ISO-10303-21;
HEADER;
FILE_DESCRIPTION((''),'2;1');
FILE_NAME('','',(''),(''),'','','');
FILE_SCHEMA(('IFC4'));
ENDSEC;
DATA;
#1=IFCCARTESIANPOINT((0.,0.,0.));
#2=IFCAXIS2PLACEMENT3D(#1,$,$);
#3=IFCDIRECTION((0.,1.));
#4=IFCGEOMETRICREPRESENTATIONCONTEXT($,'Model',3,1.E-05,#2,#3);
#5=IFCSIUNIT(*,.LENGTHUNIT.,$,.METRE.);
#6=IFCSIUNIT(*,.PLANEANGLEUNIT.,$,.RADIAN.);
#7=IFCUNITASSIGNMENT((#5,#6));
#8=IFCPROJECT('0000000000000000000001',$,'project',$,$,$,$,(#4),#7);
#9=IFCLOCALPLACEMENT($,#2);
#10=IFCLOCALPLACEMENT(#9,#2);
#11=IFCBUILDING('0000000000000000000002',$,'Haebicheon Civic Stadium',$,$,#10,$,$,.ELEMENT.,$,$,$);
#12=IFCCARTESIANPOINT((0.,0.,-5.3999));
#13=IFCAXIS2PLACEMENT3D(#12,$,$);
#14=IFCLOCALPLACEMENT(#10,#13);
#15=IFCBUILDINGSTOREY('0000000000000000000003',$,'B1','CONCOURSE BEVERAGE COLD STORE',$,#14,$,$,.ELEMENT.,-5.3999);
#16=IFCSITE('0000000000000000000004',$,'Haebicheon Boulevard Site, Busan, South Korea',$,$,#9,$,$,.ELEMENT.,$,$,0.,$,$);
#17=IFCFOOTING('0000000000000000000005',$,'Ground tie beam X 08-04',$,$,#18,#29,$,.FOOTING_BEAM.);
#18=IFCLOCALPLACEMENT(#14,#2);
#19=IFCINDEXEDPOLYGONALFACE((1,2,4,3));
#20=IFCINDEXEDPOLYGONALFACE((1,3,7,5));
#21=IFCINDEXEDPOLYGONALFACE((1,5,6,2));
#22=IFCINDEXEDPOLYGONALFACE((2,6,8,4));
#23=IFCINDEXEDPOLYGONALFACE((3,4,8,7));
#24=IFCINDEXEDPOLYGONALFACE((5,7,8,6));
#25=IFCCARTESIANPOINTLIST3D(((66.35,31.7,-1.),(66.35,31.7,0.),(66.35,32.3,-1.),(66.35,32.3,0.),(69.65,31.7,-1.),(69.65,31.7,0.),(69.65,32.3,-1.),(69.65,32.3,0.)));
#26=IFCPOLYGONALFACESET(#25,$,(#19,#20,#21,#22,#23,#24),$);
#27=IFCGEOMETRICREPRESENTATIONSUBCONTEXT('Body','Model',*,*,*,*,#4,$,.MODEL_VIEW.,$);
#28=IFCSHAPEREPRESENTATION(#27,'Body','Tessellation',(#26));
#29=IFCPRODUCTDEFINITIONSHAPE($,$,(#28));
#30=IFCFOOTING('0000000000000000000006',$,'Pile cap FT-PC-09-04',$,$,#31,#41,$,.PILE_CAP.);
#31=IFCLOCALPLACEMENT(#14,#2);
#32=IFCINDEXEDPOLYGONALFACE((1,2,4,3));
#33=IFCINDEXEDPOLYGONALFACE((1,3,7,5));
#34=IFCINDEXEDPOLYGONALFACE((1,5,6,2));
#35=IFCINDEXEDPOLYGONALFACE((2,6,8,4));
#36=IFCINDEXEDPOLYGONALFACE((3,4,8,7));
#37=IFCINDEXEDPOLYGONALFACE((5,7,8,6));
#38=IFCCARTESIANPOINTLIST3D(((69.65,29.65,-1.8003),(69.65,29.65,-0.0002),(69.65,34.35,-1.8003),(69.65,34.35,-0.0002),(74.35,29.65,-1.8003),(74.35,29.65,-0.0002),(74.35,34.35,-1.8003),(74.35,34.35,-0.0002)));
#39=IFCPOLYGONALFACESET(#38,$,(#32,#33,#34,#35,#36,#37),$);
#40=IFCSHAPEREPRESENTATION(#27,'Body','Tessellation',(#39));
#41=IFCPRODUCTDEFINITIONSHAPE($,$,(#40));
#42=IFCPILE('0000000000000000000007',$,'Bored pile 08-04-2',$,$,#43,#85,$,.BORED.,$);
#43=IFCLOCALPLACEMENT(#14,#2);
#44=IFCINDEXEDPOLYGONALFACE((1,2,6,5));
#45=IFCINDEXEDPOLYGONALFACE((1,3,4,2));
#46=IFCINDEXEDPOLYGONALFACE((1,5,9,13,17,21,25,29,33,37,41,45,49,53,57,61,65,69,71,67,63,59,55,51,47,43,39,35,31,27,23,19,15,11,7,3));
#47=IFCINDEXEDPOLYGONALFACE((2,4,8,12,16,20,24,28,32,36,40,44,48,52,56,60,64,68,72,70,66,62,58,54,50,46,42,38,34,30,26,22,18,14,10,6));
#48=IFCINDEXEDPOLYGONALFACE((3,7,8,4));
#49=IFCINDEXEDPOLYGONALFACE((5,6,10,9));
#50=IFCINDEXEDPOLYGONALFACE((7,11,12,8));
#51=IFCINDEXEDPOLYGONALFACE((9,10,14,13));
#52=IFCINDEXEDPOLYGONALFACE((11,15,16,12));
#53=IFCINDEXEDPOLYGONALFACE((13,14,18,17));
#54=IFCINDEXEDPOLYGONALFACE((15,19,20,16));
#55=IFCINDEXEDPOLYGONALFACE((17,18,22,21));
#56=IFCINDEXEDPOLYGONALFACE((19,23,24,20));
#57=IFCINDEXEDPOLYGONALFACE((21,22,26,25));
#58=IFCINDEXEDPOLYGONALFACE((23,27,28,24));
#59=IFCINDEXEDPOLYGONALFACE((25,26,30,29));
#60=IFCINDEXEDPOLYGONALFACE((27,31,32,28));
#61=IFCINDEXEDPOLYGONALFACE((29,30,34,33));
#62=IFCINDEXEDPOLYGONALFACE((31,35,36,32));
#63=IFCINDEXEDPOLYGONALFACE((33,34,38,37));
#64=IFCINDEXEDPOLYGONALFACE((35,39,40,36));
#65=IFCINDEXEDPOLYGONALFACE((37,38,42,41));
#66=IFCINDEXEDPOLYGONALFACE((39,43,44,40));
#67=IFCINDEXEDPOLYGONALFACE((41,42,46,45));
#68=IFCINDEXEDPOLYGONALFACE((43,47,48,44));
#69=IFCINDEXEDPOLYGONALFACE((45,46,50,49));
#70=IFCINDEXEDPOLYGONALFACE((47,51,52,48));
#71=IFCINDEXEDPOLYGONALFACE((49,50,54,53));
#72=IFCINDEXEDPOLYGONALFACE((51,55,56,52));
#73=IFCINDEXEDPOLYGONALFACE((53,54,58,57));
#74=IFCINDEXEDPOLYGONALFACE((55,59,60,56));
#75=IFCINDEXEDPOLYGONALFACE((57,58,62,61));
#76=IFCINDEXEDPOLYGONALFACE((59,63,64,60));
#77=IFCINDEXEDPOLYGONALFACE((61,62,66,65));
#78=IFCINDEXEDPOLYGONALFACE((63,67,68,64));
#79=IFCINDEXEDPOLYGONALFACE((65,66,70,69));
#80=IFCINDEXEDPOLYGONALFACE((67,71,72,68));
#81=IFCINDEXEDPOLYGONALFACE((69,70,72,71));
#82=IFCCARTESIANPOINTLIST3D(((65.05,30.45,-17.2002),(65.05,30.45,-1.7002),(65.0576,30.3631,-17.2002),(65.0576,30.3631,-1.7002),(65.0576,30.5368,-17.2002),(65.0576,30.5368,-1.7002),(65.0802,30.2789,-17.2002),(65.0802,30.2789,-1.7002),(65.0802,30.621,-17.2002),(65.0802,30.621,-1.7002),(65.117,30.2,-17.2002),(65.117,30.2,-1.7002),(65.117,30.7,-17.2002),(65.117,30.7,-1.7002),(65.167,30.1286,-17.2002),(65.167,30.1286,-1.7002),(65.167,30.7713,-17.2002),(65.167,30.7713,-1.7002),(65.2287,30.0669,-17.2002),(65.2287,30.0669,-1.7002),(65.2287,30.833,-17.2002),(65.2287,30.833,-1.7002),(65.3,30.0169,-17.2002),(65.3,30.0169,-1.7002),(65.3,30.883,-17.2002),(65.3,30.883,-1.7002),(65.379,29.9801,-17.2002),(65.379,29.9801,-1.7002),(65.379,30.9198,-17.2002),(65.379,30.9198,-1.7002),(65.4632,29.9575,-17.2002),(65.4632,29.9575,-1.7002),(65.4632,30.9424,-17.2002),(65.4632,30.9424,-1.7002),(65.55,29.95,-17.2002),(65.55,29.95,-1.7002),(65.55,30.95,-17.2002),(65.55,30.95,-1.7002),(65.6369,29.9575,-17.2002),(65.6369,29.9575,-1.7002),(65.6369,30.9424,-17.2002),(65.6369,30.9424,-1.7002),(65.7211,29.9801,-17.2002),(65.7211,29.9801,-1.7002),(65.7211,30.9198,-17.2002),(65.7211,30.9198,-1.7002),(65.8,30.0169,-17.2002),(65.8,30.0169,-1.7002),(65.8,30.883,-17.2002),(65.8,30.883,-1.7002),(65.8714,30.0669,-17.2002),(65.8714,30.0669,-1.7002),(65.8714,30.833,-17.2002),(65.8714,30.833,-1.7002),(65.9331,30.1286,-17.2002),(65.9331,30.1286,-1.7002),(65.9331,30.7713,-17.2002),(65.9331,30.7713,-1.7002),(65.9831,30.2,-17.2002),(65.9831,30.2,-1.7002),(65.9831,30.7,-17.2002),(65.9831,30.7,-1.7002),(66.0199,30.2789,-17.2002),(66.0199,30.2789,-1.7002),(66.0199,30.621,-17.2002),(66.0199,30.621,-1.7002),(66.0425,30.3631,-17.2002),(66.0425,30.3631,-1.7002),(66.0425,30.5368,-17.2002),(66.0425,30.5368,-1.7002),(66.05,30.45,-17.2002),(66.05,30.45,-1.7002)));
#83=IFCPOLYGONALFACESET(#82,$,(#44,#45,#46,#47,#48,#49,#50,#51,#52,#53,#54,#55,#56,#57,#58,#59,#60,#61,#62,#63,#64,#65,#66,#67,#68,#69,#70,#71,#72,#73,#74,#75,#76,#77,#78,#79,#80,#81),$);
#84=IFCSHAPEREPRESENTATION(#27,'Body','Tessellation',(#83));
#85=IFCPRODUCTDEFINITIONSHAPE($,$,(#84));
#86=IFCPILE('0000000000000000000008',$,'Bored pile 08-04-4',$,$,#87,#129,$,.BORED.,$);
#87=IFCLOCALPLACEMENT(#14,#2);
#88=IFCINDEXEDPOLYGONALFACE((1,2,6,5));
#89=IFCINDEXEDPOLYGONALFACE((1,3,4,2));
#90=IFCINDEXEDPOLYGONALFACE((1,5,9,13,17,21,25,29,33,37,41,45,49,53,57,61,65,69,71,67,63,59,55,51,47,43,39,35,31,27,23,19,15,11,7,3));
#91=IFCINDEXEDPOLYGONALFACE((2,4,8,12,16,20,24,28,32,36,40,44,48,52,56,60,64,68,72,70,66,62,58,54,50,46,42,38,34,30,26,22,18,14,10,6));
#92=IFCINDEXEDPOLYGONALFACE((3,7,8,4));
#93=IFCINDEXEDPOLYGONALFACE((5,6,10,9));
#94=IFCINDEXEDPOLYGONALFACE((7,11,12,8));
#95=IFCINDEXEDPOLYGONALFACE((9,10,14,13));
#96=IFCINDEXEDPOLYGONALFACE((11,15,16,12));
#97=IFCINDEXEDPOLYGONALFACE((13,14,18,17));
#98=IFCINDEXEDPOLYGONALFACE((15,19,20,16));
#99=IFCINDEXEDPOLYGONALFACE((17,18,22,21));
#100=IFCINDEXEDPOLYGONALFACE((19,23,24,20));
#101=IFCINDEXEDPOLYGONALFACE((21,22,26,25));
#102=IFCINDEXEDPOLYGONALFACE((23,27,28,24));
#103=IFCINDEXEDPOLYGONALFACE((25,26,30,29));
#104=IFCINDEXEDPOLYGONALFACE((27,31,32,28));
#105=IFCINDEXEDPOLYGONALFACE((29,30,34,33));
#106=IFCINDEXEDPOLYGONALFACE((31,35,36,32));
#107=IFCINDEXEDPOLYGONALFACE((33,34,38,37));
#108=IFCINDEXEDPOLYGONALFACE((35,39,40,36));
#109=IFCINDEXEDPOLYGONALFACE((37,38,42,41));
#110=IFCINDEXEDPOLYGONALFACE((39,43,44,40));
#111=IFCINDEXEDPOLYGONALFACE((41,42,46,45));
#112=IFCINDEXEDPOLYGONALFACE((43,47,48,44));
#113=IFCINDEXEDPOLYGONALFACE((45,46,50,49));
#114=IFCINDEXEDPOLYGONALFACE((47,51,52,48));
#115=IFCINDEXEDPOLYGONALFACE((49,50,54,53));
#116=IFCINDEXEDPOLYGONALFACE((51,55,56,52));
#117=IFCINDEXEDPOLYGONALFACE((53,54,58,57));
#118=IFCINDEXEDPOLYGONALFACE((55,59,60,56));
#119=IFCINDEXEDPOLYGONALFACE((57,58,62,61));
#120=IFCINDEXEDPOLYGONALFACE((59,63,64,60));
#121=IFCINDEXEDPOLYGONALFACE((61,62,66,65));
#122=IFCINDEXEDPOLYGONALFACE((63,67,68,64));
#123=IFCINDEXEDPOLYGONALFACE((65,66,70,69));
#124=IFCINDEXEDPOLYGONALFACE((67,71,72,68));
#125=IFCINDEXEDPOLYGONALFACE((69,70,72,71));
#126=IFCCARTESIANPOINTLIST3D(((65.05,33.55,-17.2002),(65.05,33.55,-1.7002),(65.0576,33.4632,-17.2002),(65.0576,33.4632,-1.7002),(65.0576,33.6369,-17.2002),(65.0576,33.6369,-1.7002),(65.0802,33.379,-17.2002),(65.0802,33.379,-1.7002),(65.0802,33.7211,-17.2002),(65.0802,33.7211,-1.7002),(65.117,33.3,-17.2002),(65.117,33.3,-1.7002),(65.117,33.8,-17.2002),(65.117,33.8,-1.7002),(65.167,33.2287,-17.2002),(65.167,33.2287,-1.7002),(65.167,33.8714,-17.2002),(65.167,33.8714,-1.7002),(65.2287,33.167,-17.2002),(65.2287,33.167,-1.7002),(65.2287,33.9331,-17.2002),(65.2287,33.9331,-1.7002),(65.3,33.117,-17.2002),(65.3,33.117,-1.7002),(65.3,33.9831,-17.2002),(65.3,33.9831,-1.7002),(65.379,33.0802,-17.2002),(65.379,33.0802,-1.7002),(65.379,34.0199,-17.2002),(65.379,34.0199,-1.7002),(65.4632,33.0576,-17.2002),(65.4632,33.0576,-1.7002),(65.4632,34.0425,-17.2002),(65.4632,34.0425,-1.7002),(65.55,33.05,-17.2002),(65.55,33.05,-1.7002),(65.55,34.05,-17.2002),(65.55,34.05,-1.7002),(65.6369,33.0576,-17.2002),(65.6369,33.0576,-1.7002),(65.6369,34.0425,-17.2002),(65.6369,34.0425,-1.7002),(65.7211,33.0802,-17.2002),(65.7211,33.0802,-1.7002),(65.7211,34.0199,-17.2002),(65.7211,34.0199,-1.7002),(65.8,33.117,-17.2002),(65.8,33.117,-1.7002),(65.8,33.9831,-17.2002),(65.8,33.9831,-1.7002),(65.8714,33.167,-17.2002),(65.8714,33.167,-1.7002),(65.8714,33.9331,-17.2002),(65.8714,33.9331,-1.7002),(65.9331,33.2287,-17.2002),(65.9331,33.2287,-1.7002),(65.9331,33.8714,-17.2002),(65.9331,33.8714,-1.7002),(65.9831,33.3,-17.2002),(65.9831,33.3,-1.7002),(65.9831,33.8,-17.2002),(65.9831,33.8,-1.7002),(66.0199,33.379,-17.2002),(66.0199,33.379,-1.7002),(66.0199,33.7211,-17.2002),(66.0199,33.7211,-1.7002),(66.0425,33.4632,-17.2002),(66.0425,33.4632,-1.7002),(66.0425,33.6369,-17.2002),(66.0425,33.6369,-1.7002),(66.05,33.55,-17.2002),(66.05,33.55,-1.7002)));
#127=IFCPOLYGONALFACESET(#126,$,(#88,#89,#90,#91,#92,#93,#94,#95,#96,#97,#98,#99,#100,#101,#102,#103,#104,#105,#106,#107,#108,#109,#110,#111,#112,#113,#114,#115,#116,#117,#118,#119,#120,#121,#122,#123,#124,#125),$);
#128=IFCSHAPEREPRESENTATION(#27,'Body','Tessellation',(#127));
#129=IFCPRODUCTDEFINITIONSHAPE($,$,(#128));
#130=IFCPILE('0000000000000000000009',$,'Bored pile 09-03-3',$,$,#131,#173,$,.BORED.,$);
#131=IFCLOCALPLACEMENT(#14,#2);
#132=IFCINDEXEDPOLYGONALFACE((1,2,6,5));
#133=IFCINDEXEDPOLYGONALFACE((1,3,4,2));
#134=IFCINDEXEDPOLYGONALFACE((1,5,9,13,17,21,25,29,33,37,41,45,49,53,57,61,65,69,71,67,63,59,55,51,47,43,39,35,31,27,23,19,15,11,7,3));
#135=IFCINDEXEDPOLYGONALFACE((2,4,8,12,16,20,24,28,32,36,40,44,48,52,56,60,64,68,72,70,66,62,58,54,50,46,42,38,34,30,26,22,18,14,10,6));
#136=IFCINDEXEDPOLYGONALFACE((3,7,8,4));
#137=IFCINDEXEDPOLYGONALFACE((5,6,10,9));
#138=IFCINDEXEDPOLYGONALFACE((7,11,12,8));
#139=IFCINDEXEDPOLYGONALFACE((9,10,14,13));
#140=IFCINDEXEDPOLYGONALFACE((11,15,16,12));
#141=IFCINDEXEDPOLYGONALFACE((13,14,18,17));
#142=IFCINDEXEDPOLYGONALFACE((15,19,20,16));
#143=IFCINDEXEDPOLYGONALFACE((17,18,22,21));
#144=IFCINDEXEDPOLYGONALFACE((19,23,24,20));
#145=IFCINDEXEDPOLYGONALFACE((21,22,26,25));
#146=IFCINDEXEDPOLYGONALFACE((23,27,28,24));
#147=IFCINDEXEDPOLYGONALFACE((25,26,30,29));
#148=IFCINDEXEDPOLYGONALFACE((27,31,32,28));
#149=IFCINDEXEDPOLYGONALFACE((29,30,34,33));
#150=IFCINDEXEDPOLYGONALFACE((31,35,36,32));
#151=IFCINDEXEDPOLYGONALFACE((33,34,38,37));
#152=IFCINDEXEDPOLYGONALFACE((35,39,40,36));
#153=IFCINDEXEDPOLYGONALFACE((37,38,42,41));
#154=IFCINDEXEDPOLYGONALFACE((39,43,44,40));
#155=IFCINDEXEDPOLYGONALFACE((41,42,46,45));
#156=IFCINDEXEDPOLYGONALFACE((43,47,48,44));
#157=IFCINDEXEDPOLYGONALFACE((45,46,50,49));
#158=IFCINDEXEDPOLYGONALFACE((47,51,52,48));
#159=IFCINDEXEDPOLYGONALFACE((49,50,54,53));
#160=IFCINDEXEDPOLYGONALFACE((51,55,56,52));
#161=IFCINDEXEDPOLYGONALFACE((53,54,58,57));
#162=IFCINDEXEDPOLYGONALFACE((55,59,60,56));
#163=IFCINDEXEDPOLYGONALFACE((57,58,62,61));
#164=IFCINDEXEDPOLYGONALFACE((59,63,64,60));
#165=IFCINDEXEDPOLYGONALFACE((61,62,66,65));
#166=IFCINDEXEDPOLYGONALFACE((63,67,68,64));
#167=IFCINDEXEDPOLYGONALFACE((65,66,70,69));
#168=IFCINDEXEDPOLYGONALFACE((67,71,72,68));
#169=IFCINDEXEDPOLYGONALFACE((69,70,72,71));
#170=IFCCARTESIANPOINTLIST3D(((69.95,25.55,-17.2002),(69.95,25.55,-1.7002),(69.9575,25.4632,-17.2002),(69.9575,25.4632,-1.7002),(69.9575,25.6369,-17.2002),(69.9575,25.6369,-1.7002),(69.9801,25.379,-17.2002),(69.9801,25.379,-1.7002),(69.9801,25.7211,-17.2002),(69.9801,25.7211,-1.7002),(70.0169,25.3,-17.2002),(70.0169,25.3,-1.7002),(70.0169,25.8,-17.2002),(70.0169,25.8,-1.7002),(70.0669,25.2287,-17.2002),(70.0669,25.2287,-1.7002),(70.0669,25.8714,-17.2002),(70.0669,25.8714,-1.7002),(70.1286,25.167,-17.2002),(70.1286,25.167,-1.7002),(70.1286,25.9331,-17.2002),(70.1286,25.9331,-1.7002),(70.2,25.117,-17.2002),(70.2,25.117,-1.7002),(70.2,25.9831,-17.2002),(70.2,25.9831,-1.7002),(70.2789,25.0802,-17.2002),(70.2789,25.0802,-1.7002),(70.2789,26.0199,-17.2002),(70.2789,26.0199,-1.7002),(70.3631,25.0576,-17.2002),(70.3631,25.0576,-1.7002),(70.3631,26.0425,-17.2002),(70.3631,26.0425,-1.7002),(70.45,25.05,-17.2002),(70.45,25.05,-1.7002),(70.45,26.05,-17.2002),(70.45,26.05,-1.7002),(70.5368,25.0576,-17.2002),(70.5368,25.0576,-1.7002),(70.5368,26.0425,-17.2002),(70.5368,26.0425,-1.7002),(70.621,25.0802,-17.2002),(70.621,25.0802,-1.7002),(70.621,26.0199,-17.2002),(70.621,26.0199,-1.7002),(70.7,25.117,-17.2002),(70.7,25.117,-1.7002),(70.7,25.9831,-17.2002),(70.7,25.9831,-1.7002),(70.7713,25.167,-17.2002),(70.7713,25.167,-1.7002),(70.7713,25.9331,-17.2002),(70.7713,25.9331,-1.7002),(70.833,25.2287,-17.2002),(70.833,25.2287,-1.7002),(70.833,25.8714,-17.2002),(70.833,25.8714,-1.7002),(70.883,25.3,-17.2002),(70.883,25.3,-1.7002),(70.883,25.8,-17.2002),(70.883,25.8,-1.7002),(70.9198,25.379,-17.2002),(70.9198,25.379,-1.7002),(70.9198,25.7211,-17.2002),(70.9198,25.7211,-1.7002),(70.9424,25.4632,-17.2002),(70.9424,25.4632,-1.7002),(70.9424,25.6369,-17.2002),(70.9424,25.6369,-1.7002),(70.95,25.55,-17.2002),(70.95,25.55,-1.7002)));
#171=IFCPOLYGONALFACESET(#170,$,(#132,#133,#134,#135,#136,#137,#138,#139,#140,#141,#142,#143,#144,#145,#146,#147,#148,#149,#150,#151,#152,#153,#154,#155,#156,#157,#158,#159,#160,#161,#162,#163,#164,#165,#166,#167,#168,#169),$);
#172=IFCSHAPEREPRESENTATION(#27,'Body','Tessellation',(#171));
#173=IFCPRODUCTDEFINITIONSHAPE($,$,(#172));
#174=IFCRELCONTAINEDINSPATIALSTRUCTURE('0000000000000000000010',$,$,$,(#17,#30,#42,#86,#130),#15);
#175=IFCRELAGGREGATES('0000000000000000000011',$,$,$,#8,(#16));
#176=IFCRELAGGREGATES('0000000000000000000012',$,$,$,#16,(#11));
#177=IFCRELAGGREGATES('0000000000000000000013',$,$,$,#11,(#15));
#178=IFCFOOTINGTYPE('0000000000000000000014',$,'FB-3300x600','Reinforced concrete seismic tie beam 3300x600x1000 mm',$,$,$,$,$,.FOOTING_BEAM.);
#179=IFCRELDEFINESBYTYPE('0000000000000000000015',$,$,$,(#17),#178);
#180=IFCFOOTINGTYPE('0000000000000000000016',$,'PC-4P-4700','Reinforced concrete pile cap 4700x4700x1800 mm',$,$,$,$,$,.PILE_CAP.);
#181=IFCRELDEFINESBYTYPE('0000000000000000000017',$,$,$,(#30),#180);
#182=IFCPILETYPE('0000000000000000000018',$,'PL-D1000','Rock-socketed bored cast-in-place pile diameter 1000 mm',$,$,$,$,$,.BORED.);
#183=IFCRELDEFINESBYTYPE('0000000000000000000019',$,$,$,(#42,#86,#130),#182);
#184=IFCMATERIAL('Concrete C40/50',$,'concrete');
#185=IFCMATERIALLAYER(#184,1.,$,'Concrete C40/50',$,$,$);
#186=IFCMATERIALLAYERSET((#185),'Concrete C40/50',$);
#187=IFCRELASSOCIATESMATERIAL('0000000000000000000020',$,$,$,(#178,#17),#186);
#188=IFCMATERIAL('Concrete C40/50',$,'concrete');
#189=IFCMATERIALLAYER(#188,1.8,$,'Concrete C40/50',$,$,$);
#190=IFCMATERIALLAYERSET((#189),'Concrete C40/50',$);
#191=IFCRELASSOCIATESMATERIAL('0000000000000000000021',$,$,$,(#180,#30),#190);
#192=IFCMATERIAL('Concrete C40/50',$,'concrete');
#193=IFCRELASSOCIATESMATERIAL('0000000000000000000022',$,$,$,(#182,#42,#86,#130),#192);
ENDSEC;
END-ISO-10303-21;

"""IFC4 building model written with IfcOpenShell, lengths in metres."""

from ifc_helpers import new_model, si_unit, direction, frame, origin, origin_2d, place, context, subcontext, project, spatial, rectangle, circle, extrude, material, layer, layer_set, material_profile, profile_set, type_object, element, save


model = new_model("IFC4")

# Units and contexts
model_context = context("Model", 3, precision=1e-05, world=origin(), true_north=direction((0.0, 1.0)))
body_context = subcontext(model_context, "Body", "Model", "MODEL_VIEW")
ifc_project = project(units=[si_unit("LENGTHUNIT", "METRE"), si_unit("PLANEANGLEUNIT", "RADIAN")], contexts=[model_context])

# Site, building, storey
site_placement = place(None, origin())
site = spatial("IfcSite", under=ifc_project, at=site_placement, Name="Haebicheon Boulevard Site, Busan, South Korea", CompositionType="ELEMENT", RefElevation=0.0)
building_placement = place(site_placement, origin())
building = spatial("IfcBuilding", under=site, at=building_placement, Name="Haebicheon Civic Stadium", CompositionType="ELEMENT")
storey_placement = place(building_placement, frame((0.0, 0.0, -5.3999)))
storey = spatial("IfcBuildingStorey", under=building, at=storey_placement, Name="B1", Description="CONCOURSE BEVERAGE COLD STORE", CompositionType="ELEMENT", Elevation=-5.3999)

# Footings
ifc_material_1 = material(Name="Concrete C40/50", Category="concrete")
ifc_layer_1 = layer(ifc_material_1, 1.0, Name="Concrete C40/50")
ifc_layer_set_1 = layer_set([ifc_layer_1], Name="Concrete C40/50")
footing_type_1 = type_object("IfcFootingType", Name="FB-3300x600", Description="Reinforced concrete seismic tie beam 3300x600x1000 mm", PredefinedType="FOOTING_BEAM", material=ifc_layer_set_1)
footing_1_placement = place(storey_placement, frame((68.0, 32.0, -1.0), z_axis=(0.0, 0.0, 1.0), x_axis=(1.0, 0.0, 0.0)))
element("IfcFooting", 1, at=footing_1_placement, inside=storey, type_object=footing_type_1, material=ifc_layer_set_1, Name="Ground tie beam X 08-04", PredefinedType="FOOTING_BEAM", context=body_context, shape_type="SweptSolid", body=[
    extrude(rectangle(XDim=3.3, YDim=0.6001, at=origin_2d()), origin(), (0.0, 0.0, 1.0), 1.0),
])
ifc_material_2 = material(Name="Concrete C40/50", Category="concrete")
ifc_layer_2 = layer(ifc_material_2, 1.8, Name="Concrete C40/50")
ifc_layer_set_2 = layer_set([ifc_layer_2], Name="Concrete C40/50")
footing_type_2 = type_object("IfcFootingType", Name="PC-4P-4700", Description="Reinforced concrete pile cap 4700x4700x1800 mm", PredefinedType="PILE_CAP", material=ifc_layer_set_2)
footing_2_placement = place(storey_placement, frame((72.0, 32.0, -1.8003), z_axis=(0.0, 0.0, 1.0), x_axis=(1.0, 0.0, 0.0)))
element("IfcFooting", 2, at=footing_2_placement, inside=storey, type_object=footing_type_2, material=ifc_layer_set_2, Name="Pile cap FT-PC-09-04", PredefinedType="PILE_CAP", context=body_context, shape_type="SweptSolid", body=[
    extrude(rectangle(XDim=4.7, YDim=4.7, at=origin_2d()), origin(), (0.0, 0.0, 1.0), 1.8),
])

# Piles
ifc_material_3 = material(Name="Concrete C40/50", Category="concrete")
ifc_material_profile_1 = material_profile(ifc_material_3, circle(Radius=0.5, at=origin_2d()), Name="PILE-D1000")
ifc_profile_set_1 = profile_set([ifc_material_profile_1], Name="Concrete C40/50")
pile_type = type_object("IfcPileType", Name="PL-D1000", Description="Rock-socketed bored cast-in-place pile diameter 1000 mm", PredefinedType="BORED", material=ifc_profile_set_1)
for number, where, z_axis, x_axis, name in (
    (3, (65.55, 30.45, -1.7002), (0.0, 0.0, -1.0), (1.0, 0.0, 0.0), "Bored pile 08-04-2"),
    (4, (65.55, 33.55, -1.7002), (0.0, 0.0, -1.0), (1.0, 0.0, 0.0), "Bored pile 08-04-4"),
    (5, (70.45, 25.55, -1.7002), (0.0, 0.0, -1.0), (1.0, 0.0, 0.0), "Bored pile 09-03-3"),
):
    element("IfcPile", number, at=place(storey_placement, frame(where, z_axis=z_axis, x_axis=x_axis)), inside=storey, type_object=pile_type, material=ifc_profile_set_1, Name=name, PredefinedType="BORED", context=body_context, shape_type="SweptSolid", body=[
        extrude(circle(Radius=0.5, at=origin_2d()), origin(), (0.0, 0.0, 1.0), 15.5),
    ])

save(model, "model.ifc")
